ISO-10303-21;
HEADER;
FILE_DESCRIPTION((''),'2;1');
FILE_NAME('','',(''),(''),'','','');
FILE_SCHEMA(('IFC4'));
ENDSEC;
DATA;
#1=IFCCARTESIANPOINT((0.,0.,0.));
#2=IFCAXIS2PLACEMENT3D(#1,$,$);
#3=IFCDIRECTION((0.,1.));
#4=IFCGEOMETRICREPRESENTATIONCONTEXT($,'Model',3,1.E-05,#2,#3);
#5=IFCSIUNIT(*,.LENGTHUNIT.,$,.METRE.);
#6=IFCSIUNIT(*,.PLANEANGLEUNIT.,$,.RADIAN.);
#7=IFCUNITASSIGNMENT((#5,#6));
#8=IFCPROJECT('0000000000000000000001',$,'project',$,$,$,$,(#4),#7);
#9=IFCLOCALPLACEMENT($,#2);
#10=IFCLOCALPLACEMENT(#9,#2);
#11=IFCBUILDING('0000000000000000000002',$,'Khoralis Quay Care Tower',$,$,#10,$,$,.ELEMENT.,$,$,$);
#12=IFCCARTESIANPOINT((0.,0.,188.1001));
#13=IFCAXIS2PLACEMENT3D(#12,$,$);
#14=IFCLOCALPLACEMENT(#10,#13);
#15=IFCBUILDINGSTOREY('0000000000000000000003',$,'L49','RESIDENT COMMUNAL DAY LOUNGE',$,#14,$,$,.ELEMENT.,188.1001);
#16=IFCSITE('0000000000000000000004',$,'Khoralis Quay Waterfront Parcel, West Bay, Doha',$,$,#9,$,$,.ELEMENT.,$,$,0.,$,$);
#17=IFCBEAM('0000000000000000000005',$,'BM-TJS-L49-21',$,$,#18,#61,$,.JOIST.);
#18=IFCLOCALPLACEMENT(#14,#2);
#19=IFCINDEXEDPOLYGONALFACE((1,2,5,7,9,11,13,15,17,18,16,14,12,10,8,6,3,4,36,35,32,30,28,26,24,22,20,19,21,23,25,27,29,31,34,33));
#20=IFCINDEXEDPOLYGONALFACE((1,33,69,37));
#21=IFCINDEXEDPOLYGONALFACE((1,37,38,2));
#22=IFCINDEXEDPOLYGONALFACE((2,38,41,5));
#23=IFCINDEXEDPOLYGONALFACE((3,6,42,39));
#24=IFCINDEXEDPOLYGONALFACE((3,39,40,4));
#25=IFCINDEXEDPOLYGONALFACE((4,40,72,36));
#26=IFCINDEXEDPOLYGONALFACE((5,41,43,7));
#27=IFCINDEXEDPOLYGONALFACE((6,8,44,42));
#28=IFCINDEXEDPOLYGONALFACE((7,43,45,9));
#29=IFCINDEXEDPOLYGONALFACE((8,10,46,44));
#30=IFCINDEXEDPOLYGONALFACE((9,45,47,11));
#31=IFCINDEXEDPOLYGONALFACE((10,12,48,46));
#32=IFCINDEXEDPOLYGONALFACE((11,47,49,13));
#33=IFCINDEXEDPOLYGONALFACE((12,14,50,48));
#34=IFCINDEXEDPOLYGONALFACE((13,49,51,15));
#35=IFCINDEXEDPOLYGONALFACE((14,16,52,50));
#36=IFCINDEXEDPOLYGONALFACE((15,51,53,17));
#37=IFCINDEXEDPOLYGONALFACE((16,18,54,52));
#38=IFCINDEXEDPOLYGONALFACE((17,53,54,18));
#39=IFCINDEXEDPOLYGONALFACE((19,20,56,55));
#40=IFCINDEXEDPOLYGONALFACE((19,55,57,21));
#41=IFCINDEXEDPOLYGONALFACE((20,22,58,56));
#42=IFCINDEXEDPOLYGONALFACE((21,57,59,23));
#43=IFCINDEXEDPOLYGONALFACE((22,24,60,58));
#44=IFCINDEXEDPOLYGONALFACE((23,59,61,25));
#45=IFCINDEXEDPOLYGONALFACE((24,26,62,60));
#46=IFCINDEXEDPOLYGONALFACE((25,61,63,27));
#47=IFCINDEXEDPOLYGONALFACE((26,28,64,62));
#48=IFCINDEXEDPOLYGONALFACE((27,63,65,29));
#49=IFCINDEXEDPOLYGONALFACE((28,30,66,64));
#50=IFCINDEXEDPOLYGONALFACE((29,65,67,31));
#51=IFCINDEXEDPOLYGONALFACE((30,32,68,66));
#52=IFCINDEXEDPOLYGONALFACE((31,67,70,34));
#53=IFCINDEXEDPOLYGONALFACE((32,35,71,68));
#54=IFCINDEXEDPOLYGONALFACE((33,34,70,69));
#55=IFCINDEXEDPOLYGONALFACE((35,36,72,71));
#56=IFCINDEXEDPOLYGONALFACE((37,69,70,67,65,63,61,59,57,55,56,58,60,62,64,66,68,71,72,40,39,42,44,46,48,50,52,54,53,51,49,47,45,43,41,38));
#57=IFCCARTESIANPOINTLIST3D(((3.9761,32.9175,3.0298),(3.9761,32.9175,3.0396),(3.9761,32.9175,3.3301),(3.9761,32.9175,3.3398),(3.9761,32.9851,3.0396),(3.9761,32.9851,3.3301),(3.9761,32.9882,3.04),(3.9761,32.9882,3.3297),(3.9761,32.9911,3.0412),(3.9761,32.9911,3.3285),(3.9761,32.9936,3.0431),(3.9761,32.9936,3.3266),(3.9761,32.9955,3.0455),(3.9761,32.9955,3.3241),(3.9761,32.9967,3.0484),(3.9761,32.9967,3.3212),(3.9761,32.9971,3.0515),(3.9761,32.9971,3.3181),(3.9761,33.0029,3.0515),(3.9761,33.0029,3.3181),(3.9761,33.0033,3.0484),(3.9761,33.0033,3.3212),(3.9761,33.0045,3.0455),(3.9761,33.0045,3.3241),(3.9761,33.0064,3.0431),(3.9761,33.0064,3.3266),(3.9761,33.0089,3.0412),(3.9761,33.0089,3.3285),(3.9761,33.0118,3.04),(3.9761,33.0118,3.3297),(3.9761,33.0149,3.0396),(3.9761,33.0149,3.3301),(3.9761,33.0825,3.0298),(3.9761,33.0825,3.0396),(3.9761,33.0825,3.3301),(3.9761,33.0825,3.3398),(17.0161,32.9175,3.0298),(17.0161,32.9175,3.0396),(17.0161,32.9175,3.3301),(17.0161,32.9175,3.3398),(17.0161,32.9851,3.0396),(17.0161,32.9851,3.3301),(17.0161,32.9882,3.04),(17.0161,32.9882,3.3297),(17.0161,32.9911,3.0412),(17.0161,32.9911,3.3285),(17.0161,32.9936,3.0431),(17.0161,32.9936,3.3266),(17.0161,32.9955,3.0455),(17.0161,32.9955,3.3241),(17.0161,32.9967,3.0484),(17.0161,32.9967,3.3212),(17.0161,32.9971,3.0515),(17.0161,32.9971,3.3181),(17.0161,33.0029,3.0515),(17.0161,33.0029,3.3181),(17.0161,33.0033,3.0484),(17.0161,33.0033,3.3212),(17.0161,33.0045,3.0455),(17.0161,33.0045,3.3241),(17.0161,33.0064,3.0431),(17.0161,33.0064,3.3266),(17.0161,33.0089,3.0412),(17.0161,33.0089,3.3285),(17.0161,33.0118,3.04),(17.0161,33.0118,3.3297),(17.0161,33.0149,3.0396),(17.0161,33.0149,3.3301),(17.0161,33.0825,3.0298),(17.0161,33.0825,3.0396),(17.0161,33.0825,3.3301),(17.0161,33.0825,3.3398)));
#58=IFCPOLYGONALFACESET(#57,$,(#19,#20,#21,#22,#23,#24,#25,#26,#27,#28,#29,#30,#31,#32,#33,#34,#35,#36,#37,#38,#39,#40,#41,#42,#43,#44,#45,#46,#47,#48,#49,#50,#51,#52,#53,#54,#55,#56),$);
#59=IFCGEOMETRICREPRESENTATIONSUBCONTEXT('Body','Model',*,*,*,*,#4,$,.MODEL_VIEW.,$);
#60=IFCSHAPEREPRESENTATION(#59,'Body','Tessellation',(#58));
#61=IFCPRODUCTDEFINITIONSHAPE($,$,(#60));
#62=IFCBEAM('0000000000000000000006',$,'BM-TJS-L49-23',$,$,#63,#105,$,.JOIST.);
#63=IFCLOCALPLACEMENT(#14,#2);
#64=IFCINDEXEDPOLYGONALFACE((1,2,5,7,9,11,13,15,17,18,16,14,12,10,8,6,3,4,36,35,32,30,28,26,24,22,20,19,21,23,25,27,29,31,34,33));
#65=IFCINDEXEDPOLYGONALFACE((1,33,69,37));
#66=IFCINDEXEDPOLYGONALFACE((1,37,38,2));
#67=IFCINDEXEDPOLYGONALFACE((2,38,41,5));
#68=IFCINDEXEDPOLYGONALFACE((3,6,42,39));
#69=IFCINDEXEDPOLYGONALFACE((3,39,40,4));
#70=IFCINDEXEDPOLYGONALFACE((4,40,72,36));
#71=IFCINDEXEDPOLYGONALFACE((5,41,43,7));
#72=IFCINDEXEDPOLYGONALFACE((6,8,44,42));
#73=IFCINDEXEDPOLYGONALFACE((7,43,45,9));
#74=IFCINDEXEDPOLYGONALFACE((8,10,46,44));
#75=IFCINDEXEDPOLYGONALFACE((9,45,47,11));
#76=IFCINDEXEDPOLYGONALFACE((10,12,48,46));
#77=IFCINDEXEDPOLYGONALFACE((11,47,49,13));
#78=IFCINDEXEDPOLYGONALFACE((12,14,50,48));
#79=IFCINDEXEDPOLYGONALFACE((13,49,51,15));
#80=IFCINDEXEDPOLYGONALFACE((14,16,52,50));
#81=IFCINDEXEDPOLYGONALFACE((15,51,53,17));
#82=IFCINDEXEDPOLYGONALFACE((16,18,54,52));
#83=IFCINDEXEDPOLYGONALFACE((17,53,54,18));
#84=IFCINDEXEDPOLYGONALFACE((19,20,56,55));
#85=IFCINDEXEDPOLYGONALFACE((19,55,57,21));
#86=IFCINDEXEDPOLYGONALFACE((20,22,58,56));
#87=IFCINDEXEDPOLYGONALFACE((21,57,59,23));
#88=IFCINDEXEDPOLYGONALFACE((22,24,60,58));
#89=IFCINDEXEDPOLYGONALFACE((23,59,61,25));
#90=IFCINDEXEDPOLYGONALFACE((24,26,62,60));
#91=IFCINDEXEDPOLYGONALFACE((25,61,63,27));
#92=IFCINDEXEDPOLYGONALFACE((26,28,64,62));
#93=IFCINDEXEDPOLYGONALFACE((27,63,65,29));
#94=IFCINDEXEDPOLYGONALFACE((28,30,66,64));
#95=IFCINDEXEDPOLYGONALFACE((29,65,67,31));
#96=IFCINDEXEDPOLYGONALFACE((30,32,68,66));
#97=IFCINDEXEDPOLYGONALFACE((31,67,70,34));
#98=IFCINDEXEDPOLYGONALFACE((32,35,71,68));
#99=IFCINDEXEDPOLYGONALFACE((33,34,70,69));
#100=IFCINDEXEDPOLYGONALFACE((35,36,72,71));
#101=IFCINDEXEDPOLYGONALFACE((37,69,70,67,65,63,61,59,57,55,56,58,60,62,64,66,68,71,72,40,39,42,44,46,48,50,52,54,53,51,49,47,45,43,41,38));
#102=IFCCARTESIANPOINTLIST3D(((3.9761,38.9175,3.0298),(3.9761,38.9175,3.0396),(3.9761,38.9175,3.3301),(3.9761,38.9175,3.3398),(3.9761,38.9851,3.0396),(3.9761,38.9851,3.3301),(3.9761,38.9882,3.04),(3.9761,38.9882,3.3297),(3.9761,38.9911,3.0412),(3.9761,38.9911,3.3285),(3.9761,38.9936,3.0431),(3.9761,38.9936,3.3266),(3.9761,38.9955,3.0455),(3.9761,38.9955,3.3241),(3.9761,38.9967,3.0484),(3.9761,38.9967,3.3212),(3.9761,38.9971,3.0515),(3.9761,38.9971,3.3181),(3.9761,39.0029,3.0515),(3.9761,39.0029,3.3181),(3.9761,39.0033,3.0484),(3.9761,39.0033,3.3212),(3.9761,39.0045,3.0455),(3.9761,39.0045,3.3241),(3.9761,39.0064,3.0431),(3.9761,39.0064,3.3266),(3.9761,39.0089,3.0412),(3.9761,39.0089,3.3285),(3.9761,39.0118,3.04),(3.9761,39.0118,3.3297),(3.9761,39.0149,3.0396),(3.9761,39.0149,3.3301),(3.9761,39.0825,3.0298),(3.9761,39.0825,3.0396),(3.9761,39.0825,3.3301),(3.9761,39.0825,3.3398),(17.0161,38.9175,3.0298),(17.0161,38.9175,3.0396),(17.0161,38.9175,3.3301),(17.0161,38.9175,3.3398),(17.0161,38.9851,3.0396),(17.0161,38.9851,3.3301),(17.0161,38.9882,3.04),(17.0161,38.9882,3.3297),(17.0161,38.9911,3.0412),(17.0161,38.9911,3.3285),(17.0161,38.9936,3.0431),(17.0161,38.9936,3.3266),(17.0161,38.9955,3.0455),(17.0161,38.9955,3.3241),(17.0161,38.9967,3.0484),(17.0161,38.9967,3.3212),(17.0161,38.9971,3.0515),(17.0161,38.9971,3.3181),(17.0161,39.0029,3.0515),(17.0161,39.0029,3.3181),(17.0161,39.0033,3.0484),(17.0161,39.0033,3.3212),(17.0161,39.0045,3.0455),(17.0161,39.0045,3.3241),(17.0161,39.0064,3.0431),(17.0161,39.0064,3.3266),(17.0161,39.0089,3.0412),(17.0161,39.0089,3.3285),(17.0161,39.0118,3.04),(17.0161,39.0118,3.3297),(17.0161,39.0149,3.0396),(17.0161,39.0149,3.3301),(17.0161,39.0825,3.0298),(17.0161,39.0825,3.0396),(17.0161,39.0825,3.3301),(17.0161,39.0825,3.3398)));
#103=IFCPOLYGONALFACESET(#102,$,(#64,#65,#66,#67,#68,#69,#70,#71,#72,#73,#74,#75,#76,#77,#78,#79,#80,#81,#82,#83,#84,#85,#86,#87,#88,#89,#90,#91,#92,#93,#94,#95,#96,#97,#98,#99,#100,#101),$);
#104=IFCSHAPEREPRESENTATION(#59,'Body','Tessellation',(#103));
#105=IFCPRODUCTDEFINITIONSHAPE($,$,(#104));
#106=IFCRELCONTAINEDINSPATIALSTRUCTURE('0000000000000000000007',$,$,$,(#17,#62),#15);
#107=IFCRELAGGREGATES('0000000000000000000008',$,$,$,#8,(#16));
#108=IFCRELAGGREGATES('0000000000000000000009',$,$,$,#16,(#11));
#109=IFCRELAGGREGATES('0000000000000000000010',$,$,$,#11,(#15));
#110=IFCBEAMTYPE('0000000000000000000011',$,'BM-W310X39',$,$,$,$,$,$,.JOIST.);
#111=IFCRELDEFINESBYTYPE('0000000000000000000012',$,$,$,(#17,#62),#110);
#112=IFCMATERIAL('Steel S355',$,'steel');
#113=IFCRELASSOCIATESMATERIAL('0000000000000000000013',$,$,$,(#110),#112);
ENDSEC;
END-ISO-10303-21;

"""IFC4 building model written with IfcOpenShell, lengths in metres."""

from ifc_helpers import new_model, si_unit, direction, frame, origin, origin_2d, place, context, subcontext, project, spatial, i_section, extrude, source, transform, mapped, material, material_profile, profile_set, type_object, element, save


model = new_model("IFC4")

# Units and contexts
model_context = context("Model", 3, precision=1e-05, world=origin(), true_north=direction((0.0, 1.0)))
body_context = subcontext(model_context, "Body", "Model", "MODEL_VIEW")
ifc_project = project(units=[si_unit("LENGTHUNIT", "METRE"), si_unit("PLANEANGLEUNIT", "RADIAN")], contexts=[model_context])

# Site, building, storey
site_placement = place(None, origin())
site = spatial("IfcSite", under=ifc_project, at=site_placement, Name="Khoralis Quay Waterfront Parcel, West Bay, Doha", CompositionType="ELEMENT", RefElevation=0.0)
building_placement = place(site_placement, origin())
building = spatial("IfcBuilding", under=site, at=building_placement, Name="Khoralis Quay Care Tower", CompositionType="ELEMENT")
storey_placement = place(building_placement, frame((0.0, 0.0, 188.1001)))
storey = spatial("IfcBuildingStorey", under=building, at=storey_placement, Name="L49", Description="RESIDENT COMMUNAL DAY LOUNGE", CompositionType="ELEMENT", Elevation=188.1001)

# Beams
ifc_material_1 = material(Name="Steel S355", Category="steel")
ifc_material_profile_1 = material_profile(ifc_material_1, i_section(OverallWidth=0.165, OverallDepth=0.3101, WebThickness=0.0059, FlangeThickness=0.0098, FilletRadius=0.012, at=origin_2d()), Name="Steel S355")
ifc_profile_set_1 = profile_set([ifc_material_profile_1], Name="Steel S355")
beam_type_1 = type_object("IfcBeamType", Name="BM-W310X39", PredefinedType="JOIST", material=ifc_profile_set_1)
shared_shape_1 = source(origin(), body_context, "Body", "SweptSolid", [
    extrude(i_section(OverallWidth=0.165, OverallDepth=0.3101, WebThickness=0.0059, FlangeThickness=0.0098, FilletRadius=0.012, at=origin_2d()), origin(), (0.0, 0.0, 1.0), 13.04),
])
for number, where, z_axis, x_axis, name in (
    (1, (3.9761, 33.0, 3.1848), (1.0, 0.0, 0.0), (0.0, 1.0, 0.0), "BM-TJS-L49-21"),
    (2, (3.9761, 39.0, 3.1848), (1.0, 0.0, 0.0), (0.0, 1.0, 0.0), "BM-TJS-L49-23"),
):
    element("IfcBeam", number, at=place(storey_placement, frame(where, z_axis=z_axis, x_axis=x_axis)), inside=storey, type_object=beam_type_1, Name=name, PredefinedType="JOIST", context=body_context, shape_type="MappedRepresentation", body=[
        mapped(shared_shape_1, transform((0.0, 0.0, 0.0), scale=1.0)),
    ])

save(model, "model.ifc")
